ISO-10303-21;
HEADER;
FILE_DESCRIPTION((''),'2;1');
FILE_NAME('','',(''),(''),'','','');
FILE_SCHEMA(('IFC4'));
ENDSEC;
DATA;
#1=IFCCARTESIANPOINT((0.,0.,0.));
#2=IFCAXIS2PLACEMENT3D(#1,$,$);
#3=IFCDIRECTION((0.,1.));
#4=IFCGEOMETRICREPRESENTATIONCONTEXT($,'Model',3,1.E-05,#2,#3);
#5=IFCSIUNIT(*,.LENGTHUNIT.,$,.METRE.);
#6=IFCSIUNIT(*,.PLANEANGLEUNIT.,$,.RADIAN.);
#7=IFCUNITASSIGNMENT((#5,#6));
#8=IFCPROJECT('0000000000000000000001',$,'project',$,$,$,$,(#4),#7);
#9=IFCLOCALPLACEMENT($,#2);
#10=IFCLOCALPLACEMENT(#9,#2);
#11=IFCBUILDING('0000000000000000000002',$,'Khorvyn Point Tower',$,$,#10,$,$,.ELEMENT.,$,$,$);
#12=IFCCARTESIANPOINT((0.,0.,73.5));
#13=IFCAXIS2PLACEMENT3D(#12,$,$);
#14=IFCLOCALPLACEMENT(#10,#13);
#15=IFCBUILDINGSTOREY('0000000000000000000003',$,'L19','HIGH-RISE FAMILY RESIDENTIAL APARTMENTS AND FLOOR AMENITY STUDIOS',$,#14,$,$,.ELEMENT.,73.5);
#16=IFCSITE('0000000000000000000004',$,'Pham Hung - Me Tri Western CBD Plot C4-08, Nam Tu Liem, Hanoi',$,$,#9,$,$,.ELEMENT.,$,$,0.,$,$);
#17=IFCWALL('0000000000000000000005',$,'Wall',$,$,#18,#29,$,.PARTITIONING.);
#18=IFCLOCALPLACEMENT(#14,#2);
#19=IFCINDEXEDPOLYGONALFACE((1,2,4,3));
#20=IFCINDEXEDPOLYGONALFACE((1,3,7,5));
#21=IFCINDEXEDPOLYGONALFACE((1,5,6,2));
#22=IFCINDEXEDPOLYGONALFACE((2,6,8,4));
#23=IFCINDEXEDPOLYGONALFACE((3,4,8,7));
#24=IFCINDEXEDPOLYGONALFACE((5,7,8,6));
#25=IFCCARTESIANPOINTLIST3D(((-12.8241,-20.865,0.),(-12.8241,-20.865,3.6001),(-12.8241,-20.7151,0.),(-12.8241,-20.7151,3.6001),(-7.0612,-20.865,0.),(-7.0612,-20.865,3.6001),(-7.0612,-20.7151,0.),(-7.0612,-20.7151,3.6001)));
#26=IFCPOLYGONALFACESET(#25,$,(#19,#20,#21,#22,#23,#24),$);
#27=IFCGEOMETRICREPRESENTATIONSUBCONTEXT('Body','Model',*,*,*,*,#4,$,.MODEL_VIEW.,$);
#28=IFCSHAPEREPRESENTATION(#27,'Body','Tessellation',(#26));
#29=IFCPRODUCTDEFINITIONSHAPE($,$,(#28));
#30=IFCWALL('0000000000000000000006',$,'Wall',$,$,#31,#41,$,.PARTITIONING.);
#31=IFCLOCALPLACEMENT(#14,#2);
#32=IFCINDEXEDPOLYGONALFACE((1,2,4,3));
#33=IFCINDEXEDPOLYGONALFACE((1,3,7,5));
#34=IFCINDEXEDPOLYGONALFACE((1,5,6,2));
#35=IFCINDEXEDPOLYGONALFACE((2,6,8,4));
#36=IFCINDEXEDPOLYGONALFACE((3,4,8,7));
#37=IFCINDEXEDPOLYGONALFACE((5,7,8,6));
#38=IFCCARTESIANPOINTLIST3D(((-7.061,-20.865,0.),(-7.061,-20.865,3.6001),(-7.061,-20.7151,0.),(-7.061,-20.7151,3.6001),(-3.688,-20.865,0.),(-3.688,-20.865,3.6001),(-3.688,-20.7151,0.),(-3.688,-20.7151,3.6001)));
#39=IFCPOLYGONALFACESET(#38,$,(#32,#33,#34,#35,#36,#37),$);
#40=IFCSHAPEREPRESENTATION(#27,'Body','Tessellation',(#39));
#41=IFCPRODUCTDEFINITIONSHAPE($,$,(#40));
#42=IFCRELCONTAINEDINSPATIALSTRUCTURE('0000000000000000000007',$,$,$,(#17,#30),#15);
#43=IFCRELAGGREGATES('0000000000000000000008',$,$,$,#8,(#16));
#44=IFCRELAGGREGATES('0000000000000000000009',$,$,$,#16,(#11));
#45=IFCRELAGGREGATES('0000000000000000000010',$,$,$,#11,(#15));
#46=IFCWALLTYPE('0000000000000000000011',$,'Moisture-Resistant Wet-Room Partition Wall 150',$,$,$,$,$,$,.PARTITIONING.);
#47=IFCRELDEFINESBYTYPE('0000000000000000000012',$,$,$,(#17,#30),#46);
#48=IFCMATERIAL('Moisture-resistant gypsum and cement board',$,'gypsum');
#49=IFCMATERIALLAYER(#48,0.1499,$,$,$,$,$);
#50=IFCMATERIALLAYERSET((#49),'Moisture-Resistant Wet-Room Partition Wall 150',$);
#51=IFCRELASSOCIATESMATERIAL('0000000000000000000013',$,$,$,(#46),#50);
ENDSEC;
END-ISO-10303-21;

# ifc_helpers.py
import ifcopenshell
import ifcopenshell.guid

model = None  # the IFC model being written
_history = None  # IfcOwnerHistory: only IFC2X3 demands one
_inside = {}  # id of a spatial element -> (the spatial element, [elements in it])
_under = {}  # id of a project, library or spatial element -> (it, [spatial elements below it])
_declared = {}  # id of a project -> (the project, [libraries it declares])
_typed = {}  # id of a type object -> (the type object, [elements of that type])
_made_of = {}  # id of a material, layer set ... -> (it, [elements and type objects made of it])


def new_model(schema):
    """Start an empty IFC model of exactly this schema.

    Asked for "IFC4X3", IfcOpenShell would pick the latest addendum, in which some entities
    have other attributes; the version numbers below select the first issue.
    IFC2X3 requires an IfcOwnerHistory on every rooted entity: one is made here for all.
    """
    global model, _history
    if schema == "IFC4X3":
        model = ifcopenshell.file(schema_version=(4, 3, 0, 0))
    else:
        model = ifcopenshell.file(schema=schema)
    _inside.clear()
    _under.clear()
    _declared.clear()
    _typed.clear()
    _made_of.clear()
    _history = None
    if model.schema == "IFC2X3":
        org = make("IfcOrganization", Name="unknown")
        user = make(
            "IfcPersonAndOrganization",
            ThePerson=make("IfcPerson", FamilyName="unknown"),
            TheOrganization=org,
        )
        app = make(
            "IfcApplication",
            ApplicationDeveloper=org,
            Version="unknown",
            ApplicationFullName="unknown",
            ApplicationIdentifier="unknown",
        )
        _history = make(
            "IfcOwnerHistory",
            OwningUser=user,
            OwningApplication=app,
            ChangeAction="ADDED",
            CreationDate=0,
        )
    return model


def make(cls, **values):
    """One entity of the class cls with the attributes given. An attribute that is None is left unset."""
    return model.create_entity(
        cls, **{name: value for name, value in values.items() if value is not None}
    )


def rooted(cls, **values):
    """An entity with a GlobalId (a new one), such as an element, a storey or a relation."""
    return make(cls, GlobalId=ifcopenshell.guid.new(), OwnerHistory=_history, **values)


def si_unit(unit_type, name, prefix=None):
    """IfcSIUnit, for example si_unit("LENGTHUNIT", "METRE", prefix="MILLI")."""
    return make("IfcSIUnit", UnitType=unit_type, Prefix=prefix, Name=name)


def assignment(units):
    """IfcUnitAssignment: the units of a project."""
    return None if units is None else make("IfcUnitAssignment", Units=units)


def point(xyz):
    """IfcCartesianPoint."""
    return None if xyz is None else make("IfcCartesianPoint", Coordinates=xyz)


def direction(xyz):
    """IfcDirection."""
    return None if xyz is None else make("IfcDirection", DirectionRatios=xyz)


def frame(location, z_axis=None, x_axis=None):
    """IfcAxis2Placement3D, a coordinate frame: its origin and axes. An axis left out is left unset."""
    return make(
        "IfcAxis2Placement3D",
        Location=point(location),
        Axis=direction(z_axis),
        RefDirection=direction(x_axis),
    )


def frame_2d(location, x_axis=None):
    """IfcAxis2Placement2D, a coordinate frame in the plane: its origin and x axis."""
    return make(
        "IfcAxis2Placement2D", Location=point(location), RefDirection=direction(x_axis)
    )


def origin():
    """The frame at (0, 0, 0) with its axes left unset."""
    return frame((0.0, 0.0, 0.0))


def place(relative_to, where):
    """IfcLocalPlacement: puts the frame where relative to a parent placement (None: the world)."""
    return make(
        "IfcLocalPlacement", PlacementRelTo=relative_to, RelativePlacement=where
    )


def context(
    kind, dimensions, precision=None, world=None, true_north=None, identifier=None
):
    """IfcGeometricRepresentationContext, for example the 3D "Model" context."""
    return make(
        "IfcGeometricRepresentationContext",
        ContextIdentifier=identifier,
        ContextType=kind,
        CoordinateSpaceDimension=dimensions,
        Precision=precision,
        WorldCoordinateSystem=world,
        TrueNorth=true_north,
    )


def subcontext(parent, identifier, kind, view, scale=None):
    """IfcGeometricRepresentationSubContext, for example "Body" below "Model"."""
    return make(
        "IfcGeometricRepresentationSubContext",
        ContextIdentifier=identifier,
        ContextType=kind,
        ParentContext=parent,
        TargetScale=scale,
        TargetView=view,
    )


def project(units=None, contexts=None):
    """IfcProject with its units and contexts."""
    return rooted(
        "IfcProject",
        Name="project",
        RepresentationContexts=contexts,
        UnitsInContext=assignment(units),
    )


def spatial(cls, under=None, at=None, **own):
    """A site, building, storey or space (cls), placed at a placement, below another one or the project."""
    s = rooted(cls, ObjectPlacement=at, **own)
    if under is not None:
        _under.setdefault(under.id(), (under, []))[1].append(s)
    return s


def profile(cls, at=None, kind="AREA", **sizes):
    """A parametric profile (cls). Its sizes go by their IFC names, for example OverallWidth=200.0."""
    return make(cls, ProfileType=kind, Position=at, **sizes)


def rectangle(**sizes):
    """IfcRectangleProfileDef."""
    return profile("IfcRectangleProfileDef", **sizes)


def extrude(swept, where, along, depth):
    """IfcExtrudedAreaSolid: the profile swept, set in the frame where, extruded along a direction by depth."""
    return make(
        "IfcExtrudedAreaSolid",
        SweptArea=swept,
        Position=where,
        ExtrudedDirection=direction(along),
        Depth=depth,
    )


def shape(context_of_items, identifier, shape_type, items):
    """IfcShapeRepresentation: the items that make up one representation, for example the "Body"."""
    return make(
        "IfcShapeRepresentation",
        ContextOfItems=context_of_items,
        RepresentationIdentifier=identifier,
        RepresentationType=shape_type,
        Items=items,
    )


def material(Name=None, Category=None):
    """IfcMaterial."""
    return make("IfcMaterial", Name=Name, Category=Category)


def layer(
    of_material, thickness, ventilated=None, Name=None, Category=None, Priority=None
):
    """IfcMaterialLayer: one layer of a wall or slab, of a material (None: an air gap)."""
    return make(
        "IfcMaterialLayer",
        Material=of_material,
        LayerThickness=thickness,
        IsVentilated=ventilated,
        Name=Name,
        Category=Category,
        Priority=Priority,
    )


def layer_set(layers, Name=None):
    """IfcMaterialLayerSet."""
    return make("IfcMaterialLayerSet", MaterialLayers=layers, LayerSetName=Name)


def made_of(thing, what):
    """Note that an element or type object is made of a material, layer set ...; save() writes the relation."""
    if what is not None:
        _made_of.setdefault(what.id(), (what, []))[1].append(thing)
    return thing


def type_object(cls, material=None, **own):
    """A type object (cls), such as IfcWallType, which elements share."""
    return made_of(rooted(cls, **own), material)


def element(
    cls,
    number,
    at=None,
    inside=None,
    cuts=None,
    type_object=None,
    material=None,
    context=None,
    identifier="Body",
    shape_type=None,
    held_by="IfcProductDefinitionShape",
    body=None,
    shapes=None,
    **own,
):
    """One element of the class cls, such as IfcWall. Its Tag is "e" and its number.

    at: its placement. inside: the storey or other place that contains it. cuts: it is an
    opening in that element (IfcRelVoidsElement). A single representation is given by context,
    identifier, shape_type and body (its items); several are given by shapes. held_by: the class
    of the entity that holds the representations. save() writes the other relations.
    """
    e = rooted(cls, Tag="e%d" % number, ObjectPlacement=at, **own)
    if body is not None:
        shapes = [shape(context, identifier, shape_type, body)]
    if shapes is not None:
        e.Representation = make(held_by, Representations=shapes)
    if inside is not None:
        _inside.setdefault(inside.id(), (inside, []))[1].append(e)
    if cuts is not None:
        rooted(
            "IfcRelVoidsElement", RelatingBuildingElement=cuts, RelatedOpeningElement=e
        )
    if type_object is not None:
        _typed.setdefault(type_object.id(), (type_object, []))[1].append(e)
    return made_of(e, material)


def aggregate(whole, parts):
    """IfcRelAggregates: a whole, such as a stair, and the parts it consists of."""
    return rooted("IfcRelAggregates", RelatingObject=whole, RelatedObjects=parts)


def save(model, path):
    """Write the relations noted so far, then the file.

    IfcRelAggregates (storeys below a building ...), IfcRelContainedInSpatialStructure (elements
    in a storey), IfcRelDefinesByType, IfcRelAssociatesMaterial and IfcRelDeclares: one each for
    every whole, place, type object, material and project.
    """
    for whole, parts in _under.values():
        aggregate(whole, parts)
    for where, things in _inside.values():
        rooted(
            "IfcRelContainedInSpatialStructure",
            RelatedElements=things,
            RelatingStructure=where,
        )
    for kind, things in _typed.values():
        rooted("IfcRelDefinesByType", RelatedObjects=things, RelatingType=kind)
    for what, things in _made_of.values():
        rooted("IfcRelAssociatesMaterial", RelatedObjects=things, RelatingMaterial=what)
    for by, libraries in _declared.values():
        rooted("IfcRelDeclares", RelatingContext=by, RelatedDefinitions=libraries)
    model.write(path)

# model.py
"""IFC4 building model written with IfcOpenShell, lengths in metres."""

from ifc_helpers import new_model, si_unit, direction, frame, frame_2d, origin, place, context, subcontext, project, spatial, rectangle, extrude, material, layer, layer_set, type_object, element, save


model = new_model("IFC4")

# Units and contexts
model_context = context("Model", 3, precision=1e-05, world=origin(), true_north=direction((0.0, 1.0)))
body_context = subcontext(model_context, "Body", "Model", "MODEL_VIEW")
ifc_project = project(units=[si_unit("LENGTHUNIT", "METRE"), si_unit("PLANEANGLEUNIT", "RADIAN")], contexts=[model_context])

# Site, building, storey
site_placement = place(None, origin())
site = spatial("IfcSite", under=ifc_project, at=site_placement, Name="Pham Hung - Me Tri Western CBD Plot C4-08, Nam Tu Liem, Hanoi", CompositionType="ELEMENT", RefElevation=0.0)
building_placement = place(site_placement, origin())
building = spatial("IfcBuilding", under=site, at=building_placement, Name="Khorvyn Point Tower", CompositionType="ELEMENT")
storey_placement = place(building_placement, frame((0.0, 0.0, 73.5)))
storey = spatial("IfcBuildingStorey", under=building, at=storey_placement, Name="L19", Description="HIGH-RISE FAMILY RESIDENTIAL APARTMENTS AND FLOOR AMENITY STUDIOS", CompositionType="ELEMENT", Elevation=73.5)

# Shared definitions
ifc_material_1 = material(Name="Moisture-resistant gypsum and cement board", Category="gypsum")
ifc_layer_1 = layer(ifc_material_1, 0.1499)
ifc_layer_set_1 = layer_set([ifc_layer_1], Name="Moisture-Resistant Wet-Room Partition Wall 150")
wall_type_1 = type_object("IfcWallType", Name="Moisture-Resistant Wet-Room Partition Wall 150", PredefinedType="PARTITIONING", material=ifc_layer_set_1)

# Walls
for number, where, z_axis, x_axis, name in (
    (1, (-12.824, -20.79, 0.0), (0.0, 0.0, 1.0), (1.0, 0.0, 0.0), "Wall"),
):
    element("IfcWall", number, at=place(storey_placement, frame(where, z_axis=z_axis, x_axis=x_axis)), inside=storey, type_object=wall_type_1, Name=name, PredefinedType="PARTITIONING", context=body_context, shape_type="SweptSolid", body=[
        extrude(rectangle(XDim=5.7629, YDim=0.1499, at=frame_2d((2.8813, 0.0))), origin(), (0.0, 0.0, 1.0), 3.6001),
    ])
wall_1_placement = place(storey_placement, frame((-7.061, -20.79, 0.0), z_axis=(0.0, 0.0, 1.0), x_axis=(1.0, 0.0, 0.0)))
element("IfcWall", 2, at=wall_1_placement, inside=storey, type_object=wall_type_1, Name="Wall", PredefinedType="PARTITIONING", context=body_context, shape_type="SweptSolid", body=[
    extrude(rectangle(XDim=3.373, YDim=0.1499, at=frame_2d((1.6865, 0.0))), origin(), (0.0, 0.0, 1.0), 3.6001),
])

save(model, "model.ifc")
